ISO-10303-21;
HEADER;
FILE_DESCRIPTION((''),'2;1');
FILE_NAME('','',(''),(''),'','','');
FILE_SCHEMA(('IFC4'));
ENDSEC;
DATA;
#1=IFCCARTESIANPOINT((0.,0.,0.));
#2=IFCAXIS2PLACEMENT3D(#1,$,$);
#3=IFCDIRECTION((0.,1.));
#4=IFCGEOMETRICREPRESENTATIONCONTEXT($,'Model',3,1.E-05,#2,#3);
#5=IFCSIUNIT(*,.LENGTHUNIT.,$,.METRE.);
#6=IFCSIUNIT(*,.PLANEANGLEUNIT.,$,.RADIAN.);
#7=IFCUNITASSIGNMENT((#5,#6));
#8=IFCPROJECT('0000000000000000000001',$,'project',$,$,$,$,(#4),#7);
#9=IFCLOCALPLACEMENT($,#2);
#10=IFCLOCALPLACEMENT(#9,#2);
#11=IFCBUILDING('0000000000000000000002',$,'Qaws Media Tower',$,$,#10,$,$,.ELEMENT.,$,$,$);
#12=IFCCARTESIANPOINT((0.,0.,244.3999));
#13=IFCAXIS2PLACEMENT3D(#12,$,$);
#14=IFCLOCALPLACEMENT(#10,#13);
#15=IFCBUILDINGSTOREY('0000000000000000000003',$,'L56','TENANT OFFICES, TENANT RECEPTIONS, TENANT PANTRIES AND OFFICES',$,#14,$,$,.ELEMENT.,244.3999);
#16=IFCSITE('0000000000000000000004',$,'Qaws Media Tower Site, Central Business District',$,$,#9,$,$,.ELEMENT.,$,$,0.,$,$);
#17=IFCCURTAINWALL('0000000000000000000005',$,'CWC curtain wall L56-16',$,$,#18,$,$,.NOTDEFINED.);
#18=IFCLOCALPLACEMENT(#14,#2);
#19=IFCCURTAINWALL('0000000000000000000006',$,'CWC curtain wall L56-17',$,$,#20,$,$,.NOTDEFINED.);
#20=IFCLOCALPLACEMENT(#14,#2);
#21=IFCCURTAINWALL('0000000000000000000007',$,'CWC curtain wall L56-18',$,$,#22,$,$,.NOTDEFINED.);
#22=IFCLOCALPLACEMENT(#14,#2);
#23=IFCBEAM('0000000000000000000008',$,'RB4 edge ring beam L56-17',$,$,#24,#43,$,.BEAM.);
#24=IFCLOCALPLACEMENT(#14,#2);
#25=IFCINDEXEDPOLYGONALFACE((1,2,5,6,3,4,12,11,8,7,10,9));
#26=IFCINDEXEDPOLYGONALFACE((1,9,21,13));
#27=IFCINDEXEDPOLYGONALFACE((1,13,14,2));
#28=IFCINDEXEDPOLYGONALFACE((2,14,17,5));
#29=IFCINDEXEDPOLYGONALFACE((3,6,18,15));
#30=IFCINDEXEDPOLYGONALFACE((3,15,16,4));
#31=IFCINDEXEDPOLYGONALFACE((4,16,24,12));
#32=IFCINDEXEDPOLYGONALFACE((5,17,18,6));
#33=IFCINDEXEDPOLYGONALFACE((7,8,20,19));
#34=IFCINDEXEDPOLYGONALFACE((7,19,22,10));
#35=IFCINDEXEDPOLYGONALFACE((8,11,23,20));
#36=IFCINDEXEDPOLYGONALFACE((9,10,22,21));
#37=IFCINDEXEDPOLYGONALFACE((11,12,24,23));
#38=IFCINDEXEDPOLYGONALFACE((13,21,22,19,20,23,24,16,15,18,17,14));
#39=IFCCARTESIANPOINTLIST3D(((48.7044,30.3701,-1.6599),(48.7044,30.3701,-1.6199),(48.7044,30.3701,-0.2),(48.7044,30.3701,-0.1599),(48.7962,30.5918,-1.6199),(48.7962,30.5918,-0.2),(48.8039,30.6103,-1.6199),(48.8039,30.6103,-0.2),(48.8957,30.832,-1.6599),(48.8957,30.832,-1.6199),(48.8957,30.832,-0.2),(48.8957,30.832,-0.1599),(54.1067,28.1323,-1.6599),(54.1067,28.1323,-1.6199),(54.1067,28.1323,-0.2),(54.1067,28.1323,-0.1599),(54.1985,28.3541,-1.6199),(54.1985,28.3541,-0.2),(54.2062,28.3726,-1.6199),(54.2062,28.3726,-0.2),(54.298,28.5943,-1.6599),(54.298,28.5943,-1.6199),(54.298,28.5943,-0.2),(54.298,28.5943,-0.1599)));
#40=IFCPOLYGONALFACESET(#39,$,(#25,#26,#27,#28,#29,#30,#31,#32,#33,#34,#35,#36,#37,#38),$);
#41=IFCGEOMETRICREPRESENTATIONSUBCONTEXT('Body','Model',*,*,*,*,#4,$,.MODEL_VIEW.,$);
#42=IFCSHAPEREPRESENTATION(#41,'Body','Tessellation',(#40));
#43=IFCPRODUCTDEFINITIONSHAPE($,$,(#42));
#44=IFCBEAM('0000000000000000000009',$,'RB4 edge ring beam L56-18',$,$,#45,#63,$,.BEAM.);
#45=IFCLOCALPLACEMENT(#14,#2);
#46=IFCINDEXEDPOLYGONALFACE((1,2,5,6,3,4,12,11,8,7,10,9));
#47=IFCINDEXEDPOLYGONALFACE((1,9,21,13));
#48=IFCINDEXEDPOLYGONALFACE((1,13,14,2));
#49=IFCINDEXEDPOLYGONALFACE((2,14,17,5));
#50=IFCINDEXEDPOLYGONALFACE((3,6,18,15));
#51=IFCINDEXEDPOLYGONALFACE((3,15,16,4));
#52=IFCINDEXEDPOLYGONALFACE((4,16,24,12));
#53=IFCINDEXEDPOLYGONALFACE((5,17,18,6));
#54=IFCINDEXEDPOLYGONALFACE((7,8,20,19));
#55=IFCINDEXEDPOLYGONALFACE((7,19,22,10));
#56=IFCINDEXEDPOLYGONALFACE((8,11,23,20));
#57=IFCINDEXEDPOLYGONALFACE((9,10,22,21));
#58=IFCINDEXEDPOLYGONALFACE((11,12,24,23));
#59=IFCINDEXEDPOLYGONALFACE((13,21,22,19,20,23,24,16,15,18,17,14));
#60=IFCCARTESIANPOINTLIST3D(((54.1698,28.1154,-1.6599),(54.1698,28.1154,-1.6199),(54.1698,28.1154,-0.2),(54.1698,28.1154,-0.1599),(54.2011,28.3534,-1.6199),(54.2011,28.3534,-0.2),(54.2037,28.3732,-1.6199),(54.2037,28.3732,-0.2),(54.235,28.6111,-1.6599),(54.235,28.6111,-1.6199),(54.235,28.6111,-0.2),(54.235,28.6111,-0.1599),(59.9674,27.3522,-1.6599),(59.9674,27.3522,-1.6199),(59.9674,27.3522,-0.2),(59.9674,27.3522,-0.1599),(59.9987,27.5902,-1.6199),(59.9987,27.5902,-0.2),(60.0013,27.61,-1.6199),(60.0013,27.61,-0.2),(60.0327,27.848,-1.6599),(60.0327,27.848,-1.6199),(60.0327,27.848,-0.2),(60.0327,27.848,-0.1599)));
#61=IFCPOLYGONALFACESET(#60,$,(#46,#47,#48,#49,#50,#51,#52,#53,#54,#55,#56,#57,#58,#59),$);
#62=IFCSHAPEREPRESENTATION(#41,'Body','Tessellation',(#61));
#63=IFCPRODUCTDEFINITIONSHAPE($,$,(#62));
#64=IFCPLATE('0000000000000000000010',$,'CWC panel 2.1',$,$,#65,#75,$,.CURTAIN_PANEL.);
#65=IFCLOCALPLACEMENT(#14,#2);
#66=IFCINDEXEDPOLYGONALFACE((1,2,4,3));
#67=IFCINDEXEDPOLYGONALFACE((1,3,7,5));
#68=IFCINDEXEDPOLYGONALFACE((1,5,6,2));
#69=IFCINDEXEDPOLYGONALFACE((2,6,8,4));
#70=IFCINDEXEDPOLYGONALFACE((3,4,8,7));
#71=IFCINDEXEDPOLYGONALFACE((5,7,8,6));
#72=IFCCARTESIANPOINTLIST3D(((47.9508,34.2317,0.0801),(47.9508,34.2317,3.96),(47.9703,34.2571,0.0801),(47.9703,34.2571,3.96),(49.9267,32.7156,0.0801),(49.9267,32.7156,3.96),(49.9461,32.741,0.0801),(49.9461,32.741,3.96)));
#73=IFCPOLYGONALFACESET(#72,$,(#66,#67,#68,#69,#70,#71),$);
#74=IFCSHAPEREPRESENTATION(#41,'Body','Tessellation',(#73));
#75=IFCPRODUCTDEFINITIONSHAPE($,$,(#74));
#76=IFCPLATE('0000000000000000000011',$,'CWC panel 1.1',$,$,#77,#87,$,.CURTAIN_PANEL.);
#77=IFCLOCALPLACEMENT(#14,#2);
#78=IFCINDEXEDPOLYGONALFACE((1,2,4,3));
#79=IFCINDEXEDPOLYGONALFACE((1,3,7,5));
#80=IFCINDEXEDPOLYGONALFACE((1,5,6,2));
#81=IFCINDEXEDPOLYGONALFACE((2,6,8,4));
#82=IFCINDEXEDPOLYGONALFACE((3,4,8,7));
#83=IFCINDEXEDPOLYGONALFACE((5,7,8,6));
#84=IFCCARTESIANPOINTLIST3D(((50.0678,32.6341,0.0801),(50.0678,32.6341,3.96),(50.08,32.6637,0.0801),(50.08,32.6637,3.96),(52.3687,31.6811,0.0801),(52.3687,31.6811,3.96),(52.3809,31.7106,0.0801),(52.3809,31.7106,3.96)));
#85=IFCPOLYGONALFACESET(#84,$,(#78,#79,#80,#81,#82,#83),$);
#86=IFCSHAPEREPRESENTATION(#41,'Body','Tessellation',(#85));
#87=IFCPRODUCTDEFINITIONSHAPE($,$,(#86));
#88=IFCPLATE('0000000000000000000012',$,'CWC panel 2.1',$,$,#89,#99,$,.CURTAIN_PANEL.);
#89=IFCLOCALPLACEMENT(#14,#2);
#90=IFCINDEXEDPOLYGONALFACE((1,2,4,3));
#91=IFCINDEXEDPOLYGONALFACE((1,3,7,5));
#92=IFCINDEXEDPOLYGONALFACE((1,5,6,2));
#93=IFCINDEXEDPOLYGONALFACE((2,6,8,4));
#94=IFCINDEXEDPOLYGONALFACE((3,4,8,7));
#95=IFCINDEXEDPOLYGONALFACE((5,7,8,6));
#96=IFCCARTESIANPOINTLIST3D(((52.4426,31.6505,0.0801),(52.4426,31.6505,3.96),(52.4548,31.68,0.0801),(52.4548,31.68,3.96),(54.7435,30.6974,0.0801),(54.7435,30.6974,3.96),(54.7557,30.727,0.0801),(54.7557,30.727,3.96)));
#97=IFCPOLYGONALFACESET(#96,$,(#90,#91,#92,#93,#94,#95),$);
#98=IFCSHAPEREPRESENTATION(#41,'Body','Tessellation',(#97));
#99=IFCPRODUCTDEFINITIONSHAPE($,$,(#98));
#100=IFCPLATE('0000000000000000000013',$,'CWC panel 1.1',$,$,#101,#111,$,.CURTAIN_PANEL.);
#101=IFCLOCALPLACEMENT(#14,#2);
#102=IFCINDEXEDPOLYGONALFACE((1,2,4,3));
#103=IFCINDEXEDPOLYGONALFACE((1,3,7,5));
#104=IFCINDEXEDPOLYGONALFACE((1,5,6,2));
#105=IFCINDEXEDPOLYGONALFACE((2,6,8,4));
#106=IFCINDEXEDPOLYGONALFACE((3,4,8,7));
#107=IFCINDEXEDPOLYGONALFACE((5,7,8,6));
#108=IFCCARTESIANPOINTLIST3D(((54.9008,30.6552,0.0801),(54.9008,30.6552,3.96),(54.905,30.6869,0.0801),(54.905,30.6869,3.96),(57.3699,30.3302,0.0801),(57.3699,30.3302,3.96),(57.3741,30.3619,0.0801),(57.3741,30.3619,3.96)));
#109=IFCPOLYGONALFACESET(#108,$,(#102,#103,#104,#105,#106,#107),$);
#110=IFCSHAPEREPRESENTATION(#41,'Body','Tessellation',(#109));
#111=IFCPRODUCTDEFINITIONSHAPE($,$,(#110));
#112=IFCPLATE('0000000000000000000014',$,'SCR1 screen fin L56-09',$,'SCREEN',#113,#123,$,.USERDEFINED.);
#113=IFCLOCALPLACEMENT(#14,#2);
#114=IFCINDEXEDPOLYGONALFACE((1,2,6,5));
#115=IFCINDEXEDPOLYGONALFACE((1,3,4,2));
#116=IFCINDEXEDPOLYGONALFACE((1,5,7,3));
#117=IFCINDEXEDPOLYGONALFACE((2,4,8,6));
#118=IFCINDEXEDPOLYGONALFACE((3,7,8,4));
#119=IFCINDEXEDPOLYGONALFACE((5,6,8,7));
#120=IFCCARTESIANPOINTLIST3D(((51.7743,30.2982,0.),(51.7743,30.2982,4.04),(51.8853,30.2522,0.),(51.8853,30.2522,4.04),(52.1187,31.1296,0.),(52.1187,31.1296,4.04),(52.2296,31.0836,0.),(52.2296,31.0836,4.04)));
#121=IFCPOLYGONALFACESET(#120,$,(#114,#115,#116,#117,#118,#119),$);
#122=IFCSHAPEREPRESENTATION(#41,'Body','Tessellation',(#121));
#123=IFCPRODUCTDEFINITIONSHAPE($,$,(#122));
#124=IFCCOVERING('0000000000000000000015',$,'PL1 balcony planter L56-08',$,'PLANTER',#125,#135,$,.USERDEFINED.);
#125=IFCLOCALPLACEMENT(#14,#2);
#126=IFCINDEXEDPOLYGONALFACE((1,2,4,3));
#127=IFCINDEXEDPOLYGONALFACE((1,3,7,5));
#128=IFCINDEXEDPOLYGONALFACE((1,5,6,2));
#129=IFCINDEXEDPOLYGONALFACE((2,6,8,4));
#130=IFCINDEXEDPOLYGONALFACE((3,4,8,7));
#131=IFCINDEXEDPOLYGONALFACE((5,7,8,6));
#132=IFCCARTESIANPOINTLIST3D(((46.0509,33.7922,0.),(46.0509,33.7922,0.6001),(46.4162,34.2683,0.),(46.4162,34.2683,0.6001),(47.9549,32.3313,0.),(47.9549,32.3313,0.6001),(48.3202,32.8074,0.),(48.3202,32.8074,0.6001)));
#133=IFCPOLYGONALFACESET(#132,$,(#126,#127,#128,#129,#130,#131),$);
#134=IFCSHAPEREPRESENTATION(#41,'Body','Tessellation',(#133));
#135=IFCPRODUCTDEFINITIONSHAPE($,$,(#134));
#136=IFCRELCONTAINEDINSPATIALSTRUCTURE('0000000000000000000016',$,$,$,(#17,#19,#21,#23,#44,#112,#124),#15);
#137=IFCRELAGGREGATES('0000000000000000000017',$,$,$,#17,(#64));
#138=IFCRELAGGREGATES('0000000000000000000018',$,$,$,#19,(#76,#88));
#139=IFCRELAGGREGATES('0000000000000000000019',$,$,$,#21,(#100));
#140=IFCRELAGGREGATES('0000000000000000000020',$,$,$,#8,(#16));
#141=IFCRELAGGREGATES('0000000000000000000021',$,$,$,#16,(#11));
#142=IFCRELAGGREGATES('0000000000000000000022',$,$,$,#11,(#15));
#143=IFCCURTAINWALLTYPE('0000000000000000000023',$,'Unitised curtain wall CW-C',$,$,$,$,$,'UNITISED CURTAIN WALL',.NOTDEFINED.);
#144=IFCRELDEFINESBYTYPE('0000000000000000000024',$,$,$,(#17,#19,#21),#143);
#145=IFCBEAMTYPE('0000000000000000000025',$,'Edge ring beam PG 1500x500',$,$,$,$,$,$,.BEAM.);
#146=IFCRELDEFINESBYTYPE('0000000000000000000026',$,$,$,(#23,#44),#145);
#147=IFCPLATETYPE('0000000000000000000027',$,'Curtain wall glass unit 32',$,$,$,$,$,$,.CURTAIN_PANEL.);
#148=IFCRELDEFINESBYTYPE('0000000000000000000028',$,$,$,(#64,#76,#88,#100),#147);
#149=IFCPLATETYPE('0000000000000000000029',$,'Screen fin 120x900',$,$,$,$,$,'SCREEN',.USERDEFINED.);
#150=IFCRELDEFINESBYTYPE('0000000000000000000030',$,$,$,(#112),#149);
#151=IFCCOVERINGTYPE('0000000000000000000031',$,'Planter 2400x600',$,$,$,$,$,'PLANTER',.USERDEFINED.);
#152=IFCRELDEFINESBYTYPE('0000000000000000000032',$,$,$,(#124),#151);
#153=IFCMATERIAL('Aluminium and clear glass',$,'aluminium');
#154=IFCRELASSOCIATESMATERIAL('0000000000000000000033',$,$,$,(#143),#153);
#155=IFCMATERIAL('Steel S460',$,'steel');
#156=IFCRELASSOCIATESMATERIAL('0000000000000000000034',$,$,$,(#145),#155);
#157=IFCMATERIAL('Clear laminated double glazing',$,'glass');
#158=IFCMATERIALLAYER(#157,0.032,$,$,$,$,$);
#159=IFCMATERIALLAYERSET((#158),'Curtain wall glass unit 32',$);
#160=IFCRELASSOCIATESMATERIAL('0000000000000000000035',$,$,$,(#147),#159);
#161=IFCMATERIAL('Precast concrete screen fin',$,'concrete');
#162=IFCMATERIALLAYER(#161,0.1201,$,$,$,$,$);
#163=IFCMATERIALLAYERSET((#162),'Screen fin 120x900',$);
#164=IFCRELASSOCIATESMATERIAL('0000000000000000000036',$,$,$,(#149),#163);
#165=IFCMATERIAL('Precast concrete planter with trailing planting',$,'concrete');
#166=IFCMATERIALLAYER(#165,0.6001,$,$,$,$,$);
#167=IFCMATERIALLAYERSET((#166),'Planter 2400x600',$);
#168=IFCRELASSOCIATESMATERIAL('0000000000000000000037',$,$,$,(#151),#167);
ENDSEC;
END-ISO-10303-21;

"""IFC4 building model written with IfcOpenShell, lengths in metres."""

from ifc_helpers import new_model, si_unit, direction, frame, origin, origin_2d, place, context, subcontext, project, spatial, rectangle, i_section, extrude, material, layer, layer_set, material_profile, profile_set, type_object, element, aggregate, save


model = new_model("IFC4")

# Units and contexts
model_context = context("Model", 3, precision=1e-05, world=origin(), true_north=direction((0.0, 1.0)))
body_context = subcontext(model_context, "Body", "Model", "MODEL_VIEW")
ifc_project = project(units=[si_unit("LENGTHUNIT", "METRE"), si_unit("PLANEANGLEUNIT", "RADIAN")], contexts=[model_context])

# Site, building, storey
site_placement = place(None, origin())
site = spatial("IfcSite", under=ifc_project, at=site_placement, Name="Qaws Media Tower Site, Central Business District", CompositionType="ELEMENT", RefElevation=0.0)
building_placement = place(site_placement, origin())
building = spatial("IfcBuilding", under=site, at=building_placement, Name="Qaws Media Tower", CompositionType="ELEMENT")
storey_placement = place(building_placement, frame((0.0, 0.0, 244.3999)))
storey = spatial("IfcBuildingStorey", under=building, at=storey_placement, Name="L56", Description="TENANT OFFICES, TENANT RECEPTIONS, TENANT PANTRIES AND OFFICES", CompositionType="ELEMENT", Elevation=244.3999)

# Curtain walls
ifc_material_1 = material(Name="Aluminium and clear glass", Category="aluminium")
curtain_wall_type = type_object("IfcCurtainWallType", Name="Unitised curtain wall CW-C", ElementType="UNITISED CURTAIN WALL", PredefinedType="NOTDEFINED", material=ifc_material_1)
curtain_wall_1_placement = place(storey_placement, origin())
curtain_wall_1 = element("IfcCurtainWall", 1, at=curtain_wall_1_placement, inside=storey, type_object=curtain_wall_type, Name="CWC curtain wall L56-16", PredefinedType="NOTDEFINED")
curtain_wall_2_placement = place(storey_placement, origin())
curtain_wall_2 = element("IfcCurtainWall", 2, at=curtain_wall_2_placement, inside=storey, type_object=curtain_wall_type, Name="CWC curtain wall L56-17", PredefinedType="NOTDEFINED")

# Curtain wall
curtain_wall_3_placement = place(storey_placement, origin())
curtain_wall_3 = element("IfcCurtainWall", 3, at=curtain_wall_3_placement, inside=storey, type_object=curtain_wall_type, Name="CWC curtain wall L56-18", PredefinedType="NOTDEFINED")

# Beams
ifc_material_2 = material(Name="Steel S460", Category="steel")
ifc_material_profile_1 = material_profile(ifc_material_2, i_section(OverallWidth=0.5, OverallDepth=1.5, WebThickness=0.02, FlangeThickness=0.04, at=origin_2d()), Name="PG 1500x500")
ifc_profile_set_1 = profile_set([ifc_material_profile_1], Name="Steel S460")
beam_type = type_object("IfcBeamType", Name="Edge ring beam PG 1500x500", PredefinedType="BEAM", material=ifc_profile_set_1)
beam_1_placement = place(storey_placement, frame((48.8, 30.6011, -0.9099), z_axis=(0.923875, -0.382693, 0.0), x_axis=(0.382693, 0.923875, 0.0)))
element("IfcBeam", 4, at=beam_1_placement, inside=storey, type_object=beam_type, Name="RB4 edge ring beam L56-17", PredefinedType="BEAM", context=body_context, shape_type="SweptSolid", body=[
    extrude(i_section(OverallWidth=0.5, OverallDepth=1.5, WebThickness=0.02, FlangeThickness=0.04, at=origin_2d()), origin(), (0.0, 0.0, 1.0), 5.8474),
])
beam_2_placement = place(storey_placement, frame((54.2024, 28.3633, -0.9099), z_axis=(0.991447, -0.130512, 0.0), x_axis=(0.130512, 0.991447, 0.0)))
element("IfcBeam", 5, at=beam_2_placement, inside=storey, type_object=beam_type, Name="RB4 edge ring beam L56-18", PredefinedType="BEAM", context=body_context, shape_type="SweptSolid", body=[
    extrude(i_section(OverallWidth=0.5, OverallDepth=1.5, WebThickness=0.02, FlangeThickness=0.04, at=origin_2d()), origin(), (0.0, 0.0, 1.0), 5.8477),
])

# Plates
ifc_material_3 = material(Name="Clear laminated double glazing", Category="glass")
ifc_layer_1 = layer(ifc_material_3, 0.032)
ifc_layer_set_1 = layer_set([ifc_layer_1], Name="Curtain wall glass unit 32")
plate_type_1 = type_object("IfcPlateType", Name="Curtain wall glass unit 32", PredefinedType="CURTAIN_PANEL", material=ifc_layer_set_1)
plate_1_placement = place(storey_placement, frame((48.9485, 33.4863, 0.0801), z_axis=(0.0, 0.0, 1.0), x_axis=(0.793353, -0.608761, 0.0)))
plate_1 = element("IfcPlate", 6, at=plate_1_placement, type_object=plate_type_1, Name="CWC panel 2.1", PredefinedType="CURTAIN_PANEL", context=body_context, shape_type="SweptSolid", body=[
    extrude(rectangle(XDim=2.4905, YDim=0.032, at=origin_2d()), origin(), (0.0, 0.0, 1.0), 3.8799),
])
aggregate(curtain_wall_1, [plate_1])
plate_2_placement = place(storey_placement, frame((51.2244, 32.1724, 0.0801), z_axis=(0.0, 0.0, 1.0), x_axis=(0.923879, -0.382684, 0.0)))
plate_2 = element("IfcPlate", 7, at=plate_2_placement, type_object=plate_type_1, Name="CWC panel 1.1", PredefinedType="CURTAIN_PANEL", context=body_context, shape_type="SweptSolid", body=[
    extrude(rectangle(XDim=2.4905, YDim=0.032, at=origin_2d()), origin(), (0.0, 0.0, 1.0), 3.8799),
])
plate_3_placement = place(storey_placement, frame((53.5991, 31.1887, 0.0801), z_axis=(0.0, 0.0, 1.0), x_axis=(0.923879, -0.382684, 0.0)))
plate_3 = element("IfcPlate", 8, at=plate_3_placement, type_object=plate_type_1, Name="CWC panel 2.1", PredefinedType="CURTAIN_PANEL", context=body_context, shape_type="SweptSolid", body=[
    extrude(rectangle(XDim=2.4905, YDim=0.032, at=origin_2d()), origin(), (0.0, 0.0, 1.0), 3.8799),
])
aggregate(curtain_wall_2, [plate_2, plate_3])
plate_4_placement = place(storey_placement, frame((56.1375, 30.5085, 0.0801), z_axis=(0.0, 0.0, 1.0), x_axis=(0.991445, -0.130526, 0.0)))
plate_4 = element("IfcPlate", 9, at=plate_4_placement, type_object=plate_type_1, Name="CWC panel 1.1", PredefinedType="CURTAIN_PANEL", context=body_context, shape_type="SweptSolid", body=[
    extrude(rectangle(XDim=2.4905, YDim=0.032, at=origin_2d()), origin(), (0.0, 0.0, 1.0), 3.8799),
])
aggregate(curtain_wall_3, [plate_4])
ifc_material_4 = material(Name="Precast concrete screen fin", Category="concrete")
ifc_layer_2 = layer(ifc_material_4, 0.1201)
ifc_layer_set_2 = layer_set([ifc_layer_2], Name="Screen fin 120x900")
plate_type_2 = type_object("IfcPlateType", Name="Screen fin 120x900", ElementType="SCREEN", PredefinedType="USERDEFINED", material=ifc_layer_set_2)
plate_5_placement = place(storey_placement, frame((52.002, 30.6909, 0.0), z_axis=(0.0, 0.0, 1.0), x_axis=(-0.382683, -0.92388, 0.0)))
element("IfcPlate", 10, at=plate_5_placement, inside=storey, type_object=plate_type_2, Name="SCR1 screen fin L56-09", ObjectType="SCREEN", PredefinedType="USERDEFINED", context=body_context, shape_type="SweptSolid", body=[
    extrude(rectangle(XDim=0.8999, YDim=0.1201, at=origin_2d()), origin(), (0.0, 0.0, 1.0), 4.04),
])

# Covering
ifc_material_5 = material(Name="Precast concrete planter with trailing planting", Category="concrete")
ifc_layer_3 = layer(ifc_material_5, 0.6001)
ifc_layer_set_3 = layer_set([ifc_layer_3], Name="Planter 2400x600")
covering_type = type_object("IfcCoveringType", Name="Planter 2400x600", ElementType="PLANTER", PredefinedType="USERDEFINED", material=ifc_layer_set_3)
covering_placement = place(storey_placement, frame((47.1855, 33.2998, 0.0), z_axis=(0.0, 0.0, 1.0), x_axis=(0.793353, -0.608761, 0.0)))
element("IfcCovering", 11, at=covering_placement, inside=storey, type_object=covering_type, Name="PL1 balcony planter L56-08", ObjectType="PLANTER", PredefinedType="USERDEFINED", context=body_context, shape_type="SweptSolid", body=[
    extrude(rectangle(XDim=2.3999, YDim=0.6001, at=origin_2d()), origin(), (0.0, 0.0, 1.0), 0.6001),
])

save(model, "model.ifc")
